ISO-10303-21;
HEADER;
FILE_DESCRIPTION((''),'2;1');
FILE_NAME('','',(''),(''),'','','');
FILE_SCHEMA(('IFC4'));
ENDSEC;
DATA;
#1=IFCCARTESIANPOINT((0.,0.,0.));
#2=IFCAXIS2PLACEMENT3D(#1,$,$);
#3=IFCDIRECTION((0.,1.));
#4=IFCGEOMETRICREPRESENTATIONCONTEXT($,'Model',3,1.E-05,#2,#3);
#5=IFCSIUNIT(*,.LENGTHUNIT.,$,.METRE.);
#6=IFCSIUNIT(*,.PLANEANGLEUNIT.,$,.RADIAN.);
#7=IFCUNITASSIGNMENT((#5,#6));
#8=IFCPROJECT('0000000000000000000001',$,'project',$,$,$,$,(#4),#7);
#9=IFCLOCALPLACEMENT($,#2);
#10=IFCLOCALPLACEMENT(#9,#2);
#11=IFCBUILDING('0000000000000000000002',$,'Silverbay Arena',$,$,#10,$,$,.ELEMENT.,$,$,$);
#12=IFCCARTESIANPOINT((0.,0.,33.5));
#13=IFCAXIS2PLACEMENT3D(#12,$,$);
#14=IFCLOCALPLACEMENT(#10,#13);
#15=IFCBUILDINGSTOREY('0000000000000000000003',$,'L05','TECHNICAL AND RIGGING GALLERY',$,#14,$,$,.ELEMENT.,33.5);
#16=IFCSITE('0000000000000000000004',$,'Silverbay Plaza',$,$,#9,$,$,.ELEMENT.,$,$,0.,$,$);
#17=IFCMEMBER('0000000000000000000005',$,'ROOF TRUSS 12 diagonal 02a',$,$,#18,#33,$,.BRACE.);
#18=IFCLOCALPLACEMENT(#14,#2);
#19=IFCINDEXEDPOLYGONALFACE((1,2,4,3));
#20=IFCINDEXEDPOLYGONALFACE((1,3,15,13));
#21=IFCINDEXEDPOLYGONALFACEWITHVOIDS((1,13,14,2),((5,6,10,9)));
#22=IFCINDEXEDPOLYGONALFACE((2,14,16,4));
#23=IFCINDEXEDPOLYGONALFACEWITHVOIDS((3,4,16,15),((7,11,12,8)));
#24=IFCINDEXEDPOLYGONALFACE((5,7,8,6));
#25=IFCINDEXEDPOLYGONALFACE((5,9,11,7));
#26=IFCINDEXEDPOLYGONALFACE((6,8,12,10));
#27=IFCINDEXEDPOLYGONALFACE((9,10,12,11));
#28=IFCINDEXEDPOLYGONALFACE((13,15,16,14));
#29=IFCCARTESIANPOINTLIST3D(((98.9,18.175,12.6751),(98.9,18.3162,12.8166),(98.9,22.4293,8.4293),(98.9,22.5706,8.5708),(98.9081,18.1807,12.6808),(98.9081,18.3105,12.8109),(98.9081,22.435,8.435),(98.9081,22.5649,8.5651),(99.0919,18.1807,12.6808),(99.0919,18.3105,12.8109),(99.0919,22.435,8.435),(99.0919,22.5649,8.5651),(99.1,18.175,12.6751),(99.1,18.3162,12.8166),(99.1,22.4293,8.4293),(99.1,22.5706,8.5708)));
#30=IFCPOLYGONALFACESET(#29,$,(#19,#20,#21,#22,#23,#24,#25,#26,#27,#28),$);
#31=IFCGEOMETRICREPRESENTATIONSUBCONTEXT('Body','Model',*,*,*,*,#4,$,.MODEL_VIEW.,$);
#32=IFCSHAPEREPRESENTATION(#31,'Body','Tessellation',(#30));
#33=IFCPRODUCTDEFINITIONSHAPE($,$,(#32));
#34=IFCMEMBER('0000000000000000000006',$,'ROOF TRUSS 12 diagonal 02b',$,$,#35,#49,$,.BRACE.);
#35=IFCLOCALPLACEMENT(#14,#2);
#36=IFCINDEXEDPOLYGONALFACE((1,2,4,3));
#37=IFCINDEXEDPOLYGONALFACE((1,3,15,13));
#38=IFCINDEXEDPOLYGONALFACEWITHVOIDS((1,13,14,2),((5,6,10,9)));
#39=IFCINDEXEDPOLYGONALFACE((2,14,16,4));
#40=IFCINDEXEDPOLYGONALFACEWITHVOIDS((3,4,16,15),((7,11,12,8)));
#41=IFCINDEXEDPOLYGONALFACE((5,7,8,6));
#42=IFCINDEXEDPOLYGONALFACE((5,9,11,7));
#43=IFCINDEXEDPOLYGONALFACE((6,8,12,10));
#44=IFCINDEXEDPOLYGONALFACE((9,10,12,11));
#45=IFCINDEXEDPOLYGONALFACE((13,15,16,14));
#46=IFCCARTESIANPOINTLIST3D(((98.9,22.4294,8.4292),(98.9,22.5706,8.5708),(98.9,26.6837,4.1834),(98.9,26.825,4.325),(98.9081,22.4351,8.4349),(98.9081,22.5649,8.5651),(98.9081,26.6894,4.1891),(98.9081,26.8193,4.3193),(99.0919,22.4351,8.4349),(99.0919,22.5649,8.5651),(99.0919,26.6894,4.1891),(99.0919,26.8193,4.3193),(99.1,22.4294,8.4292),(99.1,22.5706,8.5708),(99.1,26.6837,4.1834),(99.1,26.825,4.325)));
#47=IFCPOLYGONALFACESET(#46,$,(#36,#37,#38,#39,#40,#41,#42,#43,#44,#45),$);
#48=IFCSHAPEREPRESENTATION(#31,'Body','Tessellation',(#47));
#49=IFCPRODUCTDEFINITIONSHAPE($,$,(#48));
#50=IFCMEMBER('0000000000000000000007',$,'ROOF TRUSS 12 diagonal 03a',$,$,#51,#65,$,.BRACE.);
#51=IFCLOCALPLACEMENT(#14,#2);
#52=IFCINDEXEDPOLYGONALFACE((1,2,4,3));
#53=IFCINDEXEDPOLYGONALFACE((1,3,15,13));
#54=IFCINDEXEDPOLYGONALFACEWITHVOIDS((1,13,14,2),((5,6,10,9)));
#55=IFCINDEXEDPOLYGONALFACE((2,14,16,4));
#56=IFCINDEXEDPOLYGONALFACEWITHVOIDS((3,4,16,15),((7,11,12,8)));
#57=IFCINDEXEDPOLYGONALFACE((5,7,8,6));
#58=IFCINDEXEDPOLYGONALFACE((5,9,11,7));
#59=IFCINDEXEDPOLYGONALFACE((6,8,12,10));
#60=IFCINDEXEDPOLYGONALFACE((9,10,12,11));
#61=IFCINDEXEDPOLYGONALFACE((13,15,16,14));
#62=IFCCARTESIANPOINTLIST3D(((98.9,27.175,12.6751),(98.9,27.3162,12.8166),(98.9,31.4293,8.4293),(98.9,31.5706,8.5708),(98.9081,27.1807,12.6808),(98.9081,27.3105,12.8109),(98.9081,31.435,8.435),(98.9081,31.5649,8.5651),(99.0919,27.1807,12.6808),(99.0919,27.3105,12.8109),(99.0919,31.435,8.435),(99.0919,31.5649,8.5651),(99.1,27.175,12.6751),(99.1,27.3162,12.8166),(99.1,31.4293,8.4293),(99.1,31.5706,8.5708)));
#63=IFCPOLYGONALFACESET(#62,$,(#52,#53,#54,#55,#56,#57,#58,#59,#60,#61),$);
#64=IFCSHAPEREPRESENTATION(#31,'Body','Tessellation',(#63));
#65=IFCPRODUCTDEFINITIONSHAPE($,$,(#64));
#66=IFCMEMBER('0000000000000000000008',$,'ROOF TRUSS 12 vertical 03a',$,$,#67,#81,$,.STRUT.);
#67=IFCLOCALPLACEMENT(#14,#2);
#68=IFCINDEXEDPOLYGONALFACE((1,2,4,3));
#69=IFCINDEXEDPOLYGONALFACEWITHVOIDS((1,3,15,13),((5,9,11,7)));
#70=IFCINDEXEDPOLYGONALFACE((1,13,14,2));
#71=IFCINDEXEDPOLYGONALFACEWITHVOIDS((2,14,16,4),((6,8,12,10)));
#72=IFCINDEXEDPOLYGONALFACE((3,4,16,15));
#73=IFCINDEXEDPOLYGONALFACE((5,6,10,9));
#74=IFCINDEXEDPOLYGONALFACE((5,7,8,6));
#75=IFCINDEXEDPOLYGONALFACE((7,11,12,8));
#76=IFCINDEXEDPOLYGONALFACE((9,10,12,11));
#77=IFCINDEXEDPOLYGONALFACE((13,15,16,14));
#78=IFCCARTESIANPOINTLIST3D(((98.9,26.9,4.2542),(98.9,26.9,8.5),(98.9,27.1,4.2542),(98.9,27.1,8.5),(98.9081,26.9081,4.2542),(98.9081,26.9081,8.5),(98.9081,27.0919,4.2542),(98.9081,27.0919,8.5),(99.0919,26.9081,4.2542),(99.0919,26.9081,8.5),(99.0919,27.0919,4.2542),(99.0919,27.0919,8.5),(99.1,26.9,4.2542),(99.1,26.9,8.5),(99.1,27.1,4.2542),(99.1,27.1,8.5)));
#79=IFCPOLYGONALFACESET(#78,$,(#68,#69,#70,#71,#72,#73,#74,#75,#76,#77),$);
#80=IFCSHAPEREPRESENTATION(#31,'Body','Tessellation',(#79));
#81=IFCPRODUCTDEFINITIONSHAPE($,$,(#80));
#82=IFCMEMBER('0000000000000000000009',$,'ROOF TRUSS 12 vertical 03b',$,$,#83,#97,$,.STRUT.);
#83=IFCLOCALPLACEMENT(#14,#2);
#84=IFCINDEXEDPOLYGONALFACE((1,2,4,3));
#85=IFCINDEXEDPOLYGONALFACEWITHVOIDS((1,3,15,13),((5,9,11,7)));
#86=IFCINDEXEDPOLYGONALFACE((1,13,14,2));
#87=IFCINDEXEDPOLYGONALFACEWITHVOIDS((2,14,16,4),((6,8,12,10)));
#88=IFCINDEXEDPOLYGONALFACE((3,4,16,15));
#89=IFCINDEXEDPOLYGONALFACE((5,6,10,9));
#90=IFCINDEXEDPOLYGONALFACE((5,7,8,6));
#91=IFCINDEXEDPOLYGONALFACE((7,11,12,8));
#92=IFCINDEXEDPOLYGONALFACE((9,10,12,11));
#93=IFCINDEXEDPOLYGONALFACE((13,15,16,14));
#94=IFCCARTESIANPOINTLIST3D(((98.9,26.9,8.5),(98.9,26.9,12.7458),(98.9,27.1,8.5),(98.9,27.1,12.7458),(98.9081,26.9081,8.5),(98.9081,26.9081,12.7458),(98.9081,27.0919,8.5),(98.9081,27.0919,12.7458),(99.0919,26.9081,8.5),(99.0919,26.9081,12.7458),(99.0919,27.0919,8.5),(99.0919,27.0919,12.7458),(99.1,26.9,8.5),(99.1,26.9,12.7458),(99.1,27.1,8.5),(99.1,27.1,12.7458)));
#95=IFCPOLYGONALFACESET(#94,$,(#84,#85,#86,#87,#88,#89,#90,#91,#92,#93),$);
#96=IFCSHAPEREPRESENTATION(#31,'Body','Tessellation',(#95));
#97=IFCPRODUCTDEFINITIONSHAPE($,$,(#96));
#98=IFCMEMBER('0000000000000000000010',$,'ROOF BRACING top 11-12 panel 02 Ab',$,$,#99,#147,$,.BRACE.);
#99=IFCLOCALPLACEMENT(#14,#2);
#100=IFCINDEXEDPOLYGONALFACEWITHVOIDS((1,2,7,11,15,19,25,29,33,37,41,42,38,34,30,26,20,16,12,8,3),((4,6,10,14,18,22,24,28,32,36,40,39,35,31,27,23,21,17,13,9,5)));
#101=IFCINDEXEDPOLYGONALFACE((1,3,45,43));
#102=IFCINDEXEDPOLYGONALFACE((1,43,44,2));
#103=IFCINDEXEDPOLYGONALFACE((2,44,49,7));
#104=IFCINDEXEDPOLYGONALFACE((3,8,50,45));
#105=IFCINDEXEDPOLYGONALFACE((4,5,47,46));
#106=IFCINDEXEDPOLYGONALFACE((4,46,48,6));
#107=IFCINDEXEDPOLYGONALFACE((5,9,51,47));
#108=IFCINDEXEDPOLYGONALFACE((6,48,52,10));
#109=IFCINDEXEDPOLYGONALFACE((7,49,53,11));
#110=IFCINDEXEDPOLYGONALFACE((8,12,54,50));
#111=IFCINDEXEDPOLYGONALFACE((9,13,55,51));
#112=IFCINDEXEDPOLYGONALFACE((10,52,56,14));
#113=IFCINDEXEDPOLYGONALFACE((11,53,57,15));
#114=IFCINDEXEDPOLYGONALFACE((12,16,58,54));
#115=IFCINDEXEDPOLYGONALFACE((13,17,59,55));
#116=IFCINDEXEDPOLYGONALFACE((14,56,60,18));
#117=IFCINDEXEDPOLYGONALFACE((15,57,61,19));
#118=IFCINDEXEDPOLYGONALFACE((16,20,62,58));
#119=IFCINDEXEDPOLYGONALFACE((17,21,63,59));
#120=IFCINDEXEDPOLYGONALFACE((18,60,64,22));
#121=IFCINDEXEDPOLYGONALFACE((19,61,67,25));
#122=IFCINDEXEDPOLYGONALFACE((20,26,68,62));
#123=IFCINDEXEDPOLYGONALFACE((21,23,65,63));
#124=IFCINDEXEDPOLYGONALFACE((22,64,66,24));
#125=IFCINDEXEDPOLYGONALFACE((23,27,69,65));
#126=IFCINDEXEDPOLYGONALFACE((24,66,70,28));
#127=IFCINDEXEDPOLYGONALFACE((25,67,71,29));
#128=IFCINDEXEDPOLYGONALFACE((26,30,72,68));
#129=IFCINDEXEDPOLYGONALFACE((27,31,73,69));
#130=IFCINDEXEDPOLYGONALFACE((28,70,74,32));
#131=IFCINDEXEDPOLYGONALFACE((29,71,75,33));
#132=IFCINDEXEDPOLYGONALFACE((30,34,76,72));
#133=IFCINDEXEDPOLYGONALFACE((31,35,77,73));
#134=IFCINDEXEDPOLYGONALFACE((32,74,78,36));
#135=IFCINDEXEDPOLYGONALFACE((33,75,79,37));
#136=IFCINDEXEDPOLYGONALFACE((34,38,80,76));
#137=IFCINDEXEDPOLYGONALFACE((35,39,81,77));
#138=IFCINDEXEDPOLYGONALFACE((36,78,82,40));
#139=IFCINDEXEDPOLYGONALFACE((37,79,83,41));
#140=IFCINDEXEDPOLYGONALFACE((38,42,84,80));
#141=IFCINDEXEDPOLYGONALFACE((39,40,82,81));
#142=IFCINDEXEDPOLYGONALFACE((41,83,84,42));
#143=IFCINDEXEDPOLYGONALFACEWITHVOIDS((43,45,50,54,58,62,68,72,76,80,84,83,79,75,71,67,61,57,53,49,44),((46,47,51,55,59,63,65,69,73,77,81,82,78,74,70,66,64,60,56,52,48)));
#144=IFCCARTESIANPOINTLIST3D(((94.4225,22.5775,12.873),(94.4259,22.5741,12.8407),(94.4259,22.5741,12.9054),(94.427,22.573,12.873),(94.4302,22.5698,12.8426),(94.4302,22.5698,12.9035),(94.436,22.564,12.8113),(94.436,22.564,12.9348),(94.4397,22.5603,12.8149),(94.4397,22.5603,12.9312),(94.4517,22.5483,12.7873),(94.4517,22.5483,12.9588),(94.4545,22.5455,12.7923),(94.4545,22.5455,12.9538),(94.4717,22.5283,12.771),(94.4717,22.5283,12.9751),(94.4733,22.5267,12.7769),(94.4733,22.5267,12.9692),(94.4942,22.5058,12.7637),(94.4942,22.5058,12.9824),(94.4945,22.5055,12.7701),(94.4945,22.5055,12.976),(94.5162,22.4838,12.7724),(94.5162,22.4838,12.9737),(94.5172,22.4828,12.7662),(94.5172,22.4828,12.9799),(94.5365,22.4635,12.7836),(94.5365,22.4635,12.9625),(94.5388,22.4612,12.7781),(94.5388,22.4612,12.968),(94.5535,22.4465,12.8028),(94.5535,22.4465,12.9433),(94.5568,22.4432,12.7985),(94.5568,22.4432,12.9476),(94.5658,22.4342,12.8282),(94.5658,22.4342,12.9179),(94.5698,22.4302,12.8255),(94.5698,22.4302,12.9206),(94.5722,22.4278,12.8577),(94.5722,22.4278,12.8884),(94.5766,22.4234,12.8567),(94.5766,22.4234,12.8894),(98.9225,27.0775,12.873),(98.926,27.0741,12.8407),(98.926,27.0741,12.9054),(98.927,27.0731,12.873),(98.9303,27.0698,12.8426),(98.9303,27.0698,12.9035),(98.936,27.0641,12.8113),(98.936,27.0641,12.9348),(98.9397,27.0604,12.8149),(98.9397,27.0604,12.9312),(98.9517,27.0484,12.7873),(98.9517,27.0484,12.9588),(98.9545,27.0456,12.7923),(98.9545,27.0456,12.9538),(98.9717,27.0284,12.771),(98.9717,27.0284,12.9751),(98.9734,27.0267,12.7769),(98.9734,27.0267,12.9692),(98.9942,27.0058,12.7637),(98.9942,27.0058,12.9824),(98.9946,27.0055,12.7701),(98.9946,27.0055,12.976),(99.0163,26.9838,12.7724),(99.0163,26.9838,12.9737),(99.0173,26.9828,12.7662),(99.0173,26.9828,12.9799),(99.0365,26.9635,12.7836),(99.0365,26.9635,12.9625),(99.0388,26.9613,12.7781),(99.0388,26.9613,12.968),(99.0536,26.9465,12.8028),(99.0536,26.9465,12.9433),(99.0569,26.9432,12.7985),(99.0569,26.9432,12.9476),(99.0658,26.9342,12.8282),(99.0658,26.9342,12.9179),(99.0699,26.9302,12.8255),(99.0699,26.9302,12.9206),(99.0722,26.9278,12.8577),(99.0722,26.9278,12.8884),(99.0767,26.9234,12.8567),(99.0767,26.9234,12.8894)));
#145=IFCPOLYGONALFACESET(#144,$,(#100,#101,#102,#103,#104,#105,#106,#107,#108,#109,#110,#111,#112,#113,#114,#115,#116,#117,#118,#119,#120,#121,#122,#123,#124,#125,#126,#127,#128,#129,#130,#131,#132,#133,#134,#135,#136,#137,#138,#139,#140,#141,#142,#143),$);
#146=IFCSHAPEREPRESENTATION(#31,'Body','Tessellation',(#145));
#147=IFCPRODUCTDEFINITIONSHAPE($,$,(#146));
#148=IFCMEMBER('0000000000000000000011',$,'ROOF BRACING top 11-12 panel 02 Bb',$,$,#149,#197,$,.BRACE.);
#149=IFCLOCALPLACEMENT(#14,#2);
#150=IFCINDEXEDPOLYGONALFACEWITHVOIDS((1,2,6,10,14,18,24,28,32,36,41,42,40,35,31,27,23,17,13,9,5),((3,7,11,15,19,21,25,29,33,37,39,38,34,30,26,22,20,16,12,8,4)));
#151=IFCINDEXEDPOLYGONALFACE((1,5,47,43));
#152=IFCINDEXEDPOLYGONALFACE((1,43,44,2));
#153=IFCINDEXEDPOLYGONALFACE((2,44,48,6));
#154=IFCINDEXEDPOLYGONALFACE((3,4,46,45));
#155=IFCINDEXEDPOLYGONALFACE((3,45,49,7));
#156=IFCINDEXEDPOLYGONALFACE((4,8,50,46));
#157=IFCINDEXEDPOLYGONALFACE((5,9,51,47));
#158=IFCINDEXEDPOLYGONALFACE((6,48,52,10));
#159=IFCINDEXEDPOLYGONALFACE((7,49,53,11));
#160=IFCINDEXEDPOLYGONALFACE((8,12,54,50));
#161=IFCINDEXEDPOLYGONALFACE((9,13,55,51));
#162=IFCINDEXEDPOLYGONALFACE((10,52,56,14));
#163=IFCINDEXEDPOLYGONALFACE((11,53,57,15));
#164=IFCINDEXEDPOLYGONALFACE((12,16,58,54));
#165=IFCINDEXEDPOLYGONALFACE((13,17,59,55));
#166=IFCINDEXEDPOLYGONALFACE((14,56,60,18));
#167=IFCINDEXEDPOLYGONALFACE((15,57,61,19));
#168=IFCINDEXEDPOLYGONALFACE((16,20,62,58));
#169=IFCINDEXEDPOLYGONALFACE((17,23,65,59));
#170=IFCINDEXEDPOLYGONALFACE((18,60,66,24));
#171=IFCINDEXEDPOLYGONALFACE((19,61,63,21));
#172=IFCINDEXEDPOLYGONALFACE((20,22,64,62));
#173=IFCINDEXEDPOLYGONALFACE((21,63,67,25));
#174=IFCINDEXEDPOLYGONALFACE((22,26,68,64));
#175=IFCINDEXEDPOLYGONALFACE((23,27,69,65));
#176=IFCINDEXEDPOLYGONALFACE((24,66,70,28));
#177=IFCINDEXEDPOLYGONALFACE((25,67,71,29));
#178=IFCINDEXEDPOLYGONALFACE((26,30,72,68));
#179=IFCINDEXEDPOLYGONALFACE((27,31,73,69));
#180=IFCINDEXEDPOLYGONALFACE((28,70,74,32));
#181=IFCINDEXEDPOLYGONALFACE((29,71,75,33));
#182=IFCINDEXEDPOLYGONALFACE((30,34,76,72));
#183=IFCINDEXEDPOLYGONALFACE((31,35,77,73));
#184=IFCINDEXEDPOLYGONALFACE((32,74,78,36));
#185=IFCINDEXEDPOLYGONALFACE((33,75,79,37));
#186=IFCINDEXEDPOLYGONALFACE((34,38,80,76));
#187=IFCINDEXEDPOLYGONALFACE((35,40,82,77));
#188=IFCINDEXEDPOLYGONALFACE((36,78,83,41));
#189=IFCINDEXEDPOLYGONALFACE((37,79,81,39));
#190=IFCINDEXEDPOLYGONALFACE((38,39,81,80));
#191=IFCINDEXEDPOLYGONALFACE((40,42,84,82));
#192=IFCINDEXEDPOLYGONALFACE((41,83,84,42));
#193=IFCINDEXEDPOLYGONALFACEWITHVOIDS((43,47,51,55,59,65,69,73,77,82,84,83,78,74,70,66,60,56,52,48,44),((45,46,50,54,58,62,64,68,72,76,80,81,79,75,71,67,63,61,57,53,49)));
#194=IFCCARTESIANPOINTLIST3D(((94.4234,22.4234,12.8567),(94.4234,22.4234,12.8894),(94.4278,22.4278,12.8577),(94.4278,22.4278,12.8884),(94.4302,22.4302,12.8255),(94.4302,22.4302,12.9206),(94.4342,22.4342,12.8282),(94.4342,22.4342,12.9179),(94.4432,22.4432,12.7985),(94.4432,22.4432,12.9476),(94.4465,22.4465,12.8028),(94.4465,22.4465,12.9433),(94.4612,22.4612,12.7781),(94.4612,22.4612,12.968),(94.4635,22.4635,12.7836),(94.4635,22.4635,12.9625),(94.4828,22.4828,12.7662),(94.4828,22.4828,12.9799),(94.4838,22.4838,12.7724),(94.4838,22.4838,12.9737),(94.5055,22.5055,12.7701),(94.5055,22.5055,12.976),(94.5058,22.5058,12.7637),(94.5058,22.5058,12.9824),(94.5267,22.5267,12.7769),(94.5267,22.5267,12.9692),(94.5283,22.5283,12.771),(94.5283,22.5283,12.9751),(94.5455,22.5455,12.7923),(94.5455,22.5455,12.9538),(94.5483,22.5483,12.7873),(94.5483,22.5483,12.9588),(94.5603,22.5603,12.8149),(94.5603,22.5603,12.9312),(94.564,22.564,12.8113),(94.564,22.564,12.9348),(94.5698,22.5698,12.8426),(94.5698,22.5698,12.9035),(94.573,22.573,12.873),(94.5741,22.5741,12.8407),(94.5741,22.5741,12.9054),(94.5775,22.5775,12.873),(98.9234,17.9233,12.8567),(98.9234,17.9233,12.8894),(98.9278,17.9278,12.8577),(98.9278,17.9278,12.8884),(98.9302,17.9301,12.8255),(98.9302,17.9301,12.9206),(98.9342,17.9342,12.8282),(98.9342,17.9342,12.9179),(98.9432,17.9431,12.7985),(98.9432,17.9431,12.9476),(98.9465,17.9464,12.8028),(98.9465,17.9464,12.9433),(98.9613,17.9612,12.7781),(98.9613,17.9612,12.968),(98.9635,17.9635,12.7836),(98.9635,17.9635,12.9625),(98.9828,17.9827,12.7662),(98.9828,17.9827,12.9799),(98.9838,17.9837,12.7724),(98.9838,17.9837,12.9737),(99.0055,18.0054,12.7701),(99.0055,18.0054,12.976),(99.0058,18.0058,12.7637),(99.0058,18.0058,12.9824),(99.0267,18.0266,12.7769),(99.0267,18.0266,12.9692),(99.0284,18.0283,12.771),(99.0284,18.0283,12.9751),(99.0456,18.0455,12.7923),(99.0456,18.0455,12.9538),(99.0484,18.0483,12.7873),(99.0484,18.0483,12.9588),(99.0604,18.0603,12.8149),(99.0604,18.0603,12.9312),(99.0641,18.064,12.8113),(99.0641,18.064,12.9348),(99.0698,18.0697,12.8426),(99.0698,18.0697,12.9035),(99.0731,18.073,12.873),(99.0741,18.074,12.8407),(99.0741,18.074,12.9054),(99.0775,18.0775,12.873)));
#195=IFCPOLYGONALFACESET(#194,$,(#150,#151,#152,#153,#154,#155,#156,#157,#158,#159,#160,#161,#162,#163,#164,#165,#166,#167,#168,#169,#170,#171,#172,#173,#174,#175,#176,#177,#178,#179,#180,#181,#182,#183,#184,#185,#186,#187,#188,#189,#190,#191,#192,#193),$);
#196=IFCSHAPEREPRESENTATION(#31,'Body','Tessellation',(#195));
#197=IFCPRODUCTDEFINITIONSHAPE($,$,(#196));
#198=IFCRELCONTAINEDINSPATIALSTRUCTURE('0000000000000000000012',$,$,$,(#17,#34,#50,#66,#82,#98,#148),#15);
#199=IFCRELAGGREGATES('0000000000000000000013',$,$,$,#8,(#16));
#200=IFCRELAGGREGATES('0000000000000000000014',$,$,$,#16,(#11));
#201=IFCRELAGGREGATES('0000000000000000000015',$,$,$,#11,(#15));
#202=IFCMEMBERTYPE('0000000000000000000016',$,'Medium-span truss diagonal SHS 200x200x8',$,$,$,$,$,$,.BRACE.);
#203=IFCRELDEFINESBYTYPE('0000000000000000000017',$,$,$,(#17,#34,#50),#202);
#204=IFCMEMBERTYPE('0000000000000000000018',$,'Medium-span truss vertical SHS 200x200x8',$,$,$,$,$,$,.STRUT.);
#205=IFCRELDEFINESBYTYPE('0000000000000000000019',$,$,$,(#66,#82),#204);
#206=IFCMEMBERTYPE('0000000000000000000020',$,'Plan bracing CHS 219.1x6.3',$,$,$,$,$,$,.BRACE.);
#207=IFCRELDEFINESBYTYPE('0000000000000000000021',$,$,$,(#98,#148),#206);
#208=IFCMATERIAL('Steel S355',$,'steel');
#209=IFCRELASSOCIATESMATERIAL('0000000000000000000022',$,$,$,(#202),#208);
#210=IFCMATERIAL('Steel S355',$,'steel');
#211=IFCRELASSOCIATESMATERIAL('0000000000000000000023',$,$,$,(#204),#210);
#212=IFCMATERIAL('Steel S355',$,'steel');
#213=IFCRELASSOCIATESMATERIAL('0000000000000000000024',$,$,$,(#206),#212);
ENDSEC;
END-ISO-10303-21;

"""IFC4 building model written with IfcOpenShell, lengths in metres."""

from ifc_helpers import new_model, si_unit, direction, frame, origin, origin_2d, place, context, subcontext, project, spatial, hollow_rectangle, hollow_circle, extrude, material, material_profile, profile_set, type_object, element, save


model = new_model("IFC4")

# Units and contexts
model_context = context("Model", 3, precision=1e-05, world=origin(), true_north=direction((0.0, 1.0)))
body_context = subcontext(model_context, "Body", "Model", "MODEL_VIEW")
ifc_project = project(units=[si_unit("LENGTHUNIT", "METRE"), si_unit("PLANEANGLEUNIT", "RADIAN")], contexts=[model_context])

# Site, building, storey
site_placement = place(None, origin())
site = spatial("IfcSite", under=ifc_project, at=site_placement, Name="Silverbay Plaza", CompositionType="ELEMENT", RefElevation=0.0)
building_placement = place(site_placement, origin())
building = spatial("IfcBuilding", under=site, at=building_placement, Name="Silverbay Arena", CompositionType="ELEMENT")
storey_placement = place(building_placement, frame((0.0, 0.0, 33.5)))
storey = spatial("IfcBuildingStorey", under=building, at=storey_placement, Name="L05", Description="TECHNICAL AND RIGGING GALLERY", CompositionType="ELEMENT", Elevation=33.5)

# Members
ifc_material_1 = material(Name="Steel S355", Category="steel")
ifc_material_profile_1 = material_profile(ifc_material_1, hollow_rectangle(XDim=0.2, YDim=0.2, WallThickness=0.0081, at=origin_2d()), Name="SHS 200x200x8")
ifc_profile_set_1 = profile_set([ifc_material_profile_1], Name="Steel S355")
member_type_1 = type_object("IfcMemberType", Name="Medium-span truss diagonal SHS 200x200x8", PredefinedType="BRACE", material=ifc_profile_set_1)
for number, where, z_axis, x_axis, name in (
    (1, (99.0, 18.2456, 12.7458), (0.0, 0.707817, -0.706396), (-1.0, 0.0, 0.0), "ROOF TRUSS 12 diagonal 02a"),
    (2, (99.0, 22.5, 8.5), (0.0, 0.707817, -0.706396), (-1.0, 0.0, 0.0), "ROOF TRUSS 12 diagonal 02b"),
    (3, (99.0, 27.2456, 12.7458), (0.0, 0.707817, -0.706396), (-1.0, 0.0, 0.0), "ROOF TRUSS 12 diagonal 03a"),
):
    element("IfcMember", number, at=place(storey_placement, frame(where, z_axis=z_axis, x_axis=x_axis)), inside=storey, type_object=member_type_1, Name=name, PredefinedType="BRACE", context=body_context, shape_type="SweptSolid", body=[
        extrude(hollow_rectangle(XDim=0.2, YDim=0.2, WallThickness=0.0081, at=origin_2d()), origin(), (0.0, 0.0, 1.0), 6.0105),
    ])
ifc_material_2 = material(Name="Steel S355", Category="steel")
ifc_material_profile_2 = material_profile(ifc_material_2, hollow_rectangle(XDim=0.2, YDim=0.2, WallThickness=0.0081, at=origin_2d()), Name="SHS 200x200x8")
ifc_profile_set_2 = profile_set([ifc_material_profile_2], Name="Steel S355")
member_type_2 = type_object("IfcMemberType", Name="Medium-span truss vertical SHS 200x200x8", PredefinedType="STRUT", material=ifc_profile_set_2)
for number, where, z_axis, x_axis, name in (
    (4, (99.0, 27.0, 4.2542), (0.0, 0.0, 1.0), (1.0, 0.0, 0.0), "ROOF TRUSS 12 vertical 03a"),
    (5, (99.0, 27.0, 8.5), (0.0, 0.0, 1.0), (1.0, 0.0, 0.0), "ROOF TRUSS 12 vertical 03b"),
):
    element("IfcMember", number, at=place(storey_placement, frame(where, z_axis=z_axis, x_axis=x_axis)), inside=storey, type_object=member_type_2, Name=name, PredefinedType="STRUT", context=body_context, shape_type="SweptSolid", body=[
        extrude(hollow_rectangle(XDim=0.2, YDim=0.2, WallThickness=0.0081, at=origin_2d()), origin(), (0.0, 0.0, 1.0), 4.2458),
    ])
ifc_material_3 = material(Name="Steel S355", Category="steel")
ifc_material_profile_3 = material_profile(ifc_material_3, hollow_circle(Radius=0.1096, WallThickness=0.0063, at=origin_2d()), Name="CHS 219.1x6.3")
ifc_profile_set_3 = profile_set([ifc_material_profile_3], Name="Steel S355")
member_type_3 = type_object("IfcMemberType", Name="Plan bracing CHS 219.1x6.3", PredefinedType="BRACE", material=ifc_profile_set_3)
for number, where, z_axis, x_axis, name in (
    (6, (94.5, 22.5, 12.873), (0.707107, 0.707107, 0.0), (-0.707107, 0.707107, 0.0), "ROOF BRACING top 11-12 panel 02 Ab"),
    (7, (94.5, 22.5, 12.873), (0.707107, -0.707107, 0.0), (0.707107, 0.707107, 0.0), "ROOF BRACING top 11-12 panel 02 Bb"),
):
    element("IfcMember", number, at=place(storey_placement, frame(where, z_axis=z_axis, x_axis=x_axis)), inside=storey, type_object=member_type_3, Name=name, PredefinedType="BRACE", context=body_context, shape_type="SweptSolid", body=[
        extrude(hollow_circle(Radius=0.1096, WallThickness=0.0063, at=origin_2d()), origin(), (0.0, 0.0, 1.0), 6.364),
    ])

save(model, "model.ifc")
